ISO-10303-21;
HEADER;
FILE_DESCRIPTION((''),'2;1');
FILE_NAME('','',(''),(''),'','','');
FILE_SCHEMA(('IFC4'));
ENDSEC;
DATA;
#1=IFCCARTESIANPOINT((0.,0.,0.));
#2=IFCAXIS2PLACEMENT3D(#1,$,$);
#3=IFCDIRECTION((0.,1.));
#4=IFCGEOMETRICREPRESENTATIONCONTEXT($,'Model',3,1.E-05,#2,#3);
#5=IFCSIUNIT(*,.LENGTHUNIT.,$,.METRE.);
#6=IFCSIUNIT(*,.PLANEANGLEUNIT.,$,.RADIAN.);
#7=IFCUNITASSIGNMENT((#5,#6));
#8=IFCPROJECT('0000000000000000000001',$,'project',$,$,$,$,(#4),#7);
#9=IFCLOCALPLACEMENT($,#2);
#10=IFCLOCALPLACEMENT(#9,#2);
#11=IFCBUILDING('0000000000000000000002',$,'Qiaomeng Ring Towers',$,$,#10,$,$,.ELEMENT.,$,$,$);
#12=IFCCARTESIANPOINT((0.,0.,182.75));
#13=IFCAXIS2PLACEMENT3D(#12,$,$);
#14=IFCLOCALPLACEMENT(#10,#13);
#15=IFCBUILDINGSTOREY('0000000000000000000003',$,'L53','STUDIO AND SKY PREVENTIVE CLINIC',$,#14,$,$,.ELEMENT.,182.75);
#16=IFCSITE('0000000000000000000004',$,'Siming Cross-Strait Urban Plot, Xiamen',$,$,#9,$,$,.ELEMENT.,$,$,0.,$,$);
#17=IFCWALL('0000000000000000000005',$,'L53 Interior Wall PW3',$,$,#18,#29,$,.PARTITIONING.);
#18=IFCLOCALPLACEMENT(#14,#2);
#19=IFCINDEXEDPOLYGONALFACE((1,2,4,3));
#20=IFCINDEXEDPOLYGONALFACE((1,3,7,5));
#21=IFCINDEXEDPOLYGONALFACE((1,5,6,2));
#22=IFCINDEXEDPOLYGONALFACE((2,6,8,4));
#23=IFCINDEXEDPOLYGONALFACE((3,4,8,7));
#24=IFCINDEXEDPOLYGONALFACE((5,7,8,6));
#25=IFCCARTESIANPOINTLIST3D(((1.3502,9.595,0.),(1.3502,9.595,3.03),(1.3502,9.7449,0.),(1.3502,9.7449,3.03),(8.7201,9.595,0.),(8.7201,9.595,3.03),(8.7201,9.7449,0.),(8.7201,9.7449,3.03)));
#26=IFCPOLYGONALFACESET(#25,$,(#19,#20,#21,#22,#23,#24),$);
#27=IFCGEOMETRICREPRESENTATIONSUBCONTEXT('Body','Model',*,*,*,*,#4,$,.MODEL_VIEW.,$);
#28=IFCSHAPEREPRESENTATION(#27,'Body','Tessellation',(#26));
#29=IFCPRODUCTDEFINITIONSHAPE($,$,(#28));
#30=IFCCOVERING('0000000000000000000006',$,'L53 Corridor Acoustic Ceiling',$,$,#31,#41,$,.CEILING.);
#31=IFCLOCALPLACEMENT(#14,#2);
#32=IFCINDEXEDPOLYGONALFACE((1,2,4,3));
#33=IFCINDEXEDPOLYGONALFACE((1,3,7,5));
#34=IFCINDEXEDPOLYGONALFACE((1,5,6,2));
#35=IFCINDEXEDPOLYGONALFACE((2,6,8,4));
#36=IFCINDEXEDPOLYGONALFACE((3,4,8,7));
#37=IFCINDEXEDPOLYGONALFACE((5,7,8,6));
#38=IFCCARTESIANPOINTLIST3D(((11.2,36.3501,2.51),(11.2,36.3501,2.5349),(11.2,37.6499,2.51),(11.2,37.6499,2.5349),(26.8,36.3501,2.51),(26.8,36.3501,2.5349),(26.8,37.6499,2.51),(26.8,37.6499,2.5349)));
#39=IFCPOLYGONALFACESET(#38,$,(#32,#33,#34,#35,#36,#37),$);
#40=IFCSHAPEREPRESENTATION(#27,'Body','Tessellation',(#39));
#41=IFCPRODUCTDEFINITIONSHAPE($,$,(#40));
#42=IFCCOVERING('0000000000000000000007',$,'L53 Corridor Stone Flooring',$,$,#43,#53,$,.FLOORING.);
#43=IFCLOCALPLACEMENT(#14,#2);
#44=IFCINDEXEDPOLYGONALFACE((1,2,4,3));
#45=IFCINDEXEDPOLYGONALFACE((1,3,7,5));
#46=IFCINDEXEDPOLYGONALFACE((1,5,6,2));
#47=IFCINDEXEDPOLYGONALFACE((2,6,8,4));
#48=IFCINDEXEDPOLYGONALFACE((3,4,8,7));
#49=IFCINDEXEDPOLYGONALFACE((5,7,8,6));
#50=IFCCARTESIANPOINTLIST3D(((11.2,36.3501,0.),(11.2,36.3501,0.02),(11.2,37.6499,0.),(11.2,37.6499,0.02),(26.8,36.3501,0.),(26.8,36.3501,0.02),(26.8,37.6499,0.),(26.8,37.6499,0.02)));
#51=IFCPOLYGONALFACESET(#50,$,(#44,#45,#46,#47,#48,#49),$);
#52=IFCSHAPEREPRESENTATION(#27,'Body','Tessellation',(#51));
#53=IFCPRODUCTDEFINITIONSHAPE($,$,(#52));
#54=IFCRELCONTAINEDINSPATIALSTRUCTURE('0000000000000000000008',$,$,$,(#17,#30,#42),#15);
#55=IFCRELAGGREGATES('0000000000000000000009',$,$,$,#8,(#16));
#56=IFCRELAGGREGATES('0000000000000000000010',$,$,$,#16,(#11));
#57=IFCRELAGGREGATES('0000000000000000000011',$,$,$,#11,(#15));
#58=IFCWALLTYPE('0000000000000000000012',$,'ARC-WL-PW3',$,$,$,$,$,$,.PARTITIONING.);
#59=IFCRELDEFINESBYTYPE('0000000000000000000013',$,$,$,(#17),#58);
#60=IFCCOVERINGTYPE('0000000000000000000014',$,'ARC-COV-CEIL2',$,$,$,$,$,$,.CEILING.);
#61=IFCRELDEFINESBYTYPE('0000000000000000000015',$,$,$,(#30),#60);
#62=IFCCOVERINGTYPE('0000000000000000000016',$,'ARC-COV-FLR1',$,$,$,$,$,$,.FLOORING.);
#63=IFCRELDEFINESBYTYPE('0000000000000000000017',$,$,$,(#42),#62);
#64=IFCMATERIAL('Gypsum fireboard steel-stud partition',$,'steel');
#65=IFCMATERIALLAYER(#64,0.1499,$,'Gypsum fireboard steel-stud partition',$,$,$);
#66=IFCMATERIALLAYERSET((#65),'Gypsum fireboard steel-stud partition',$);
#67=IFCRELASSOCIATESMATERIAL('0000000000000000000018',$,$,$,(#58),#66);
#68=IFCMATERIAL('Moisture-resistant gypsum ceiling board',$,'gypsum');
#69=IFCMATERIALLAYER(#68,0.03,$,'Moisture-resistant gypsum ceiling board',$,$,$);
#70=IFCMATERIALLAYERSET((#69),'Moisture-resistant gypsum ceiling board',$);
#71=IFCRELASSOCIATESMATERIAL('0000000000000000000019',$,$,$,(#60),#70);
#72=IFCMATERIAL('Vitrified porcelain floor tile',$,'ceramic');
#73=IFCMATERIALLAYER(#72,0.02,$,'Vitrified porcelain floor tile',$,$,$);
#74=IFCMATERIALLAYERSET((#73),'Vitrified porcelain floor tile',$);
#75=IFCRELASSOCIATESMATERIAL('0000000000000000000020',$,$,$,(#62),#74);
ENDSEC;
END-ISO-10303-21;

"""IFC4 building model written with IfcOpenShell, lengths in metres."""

from ifc_helpers import new_model, si_unit, direction, frame, frame_2d, origin, place, context, subcontext, project, spatial, polyline, rectangle, outline, extrude, material, layer, layer_set, type_object, element, save


model = new_model("IFC4")

# Units and contexts
model_context = context("Model", 3, precision=1e-05, world=origin(), true_north=direction((0.0, 1.0)))
body_context = subcontext(model_context, "Body", "Model", "MODEL_VIEW")
ifc_project = project(units=[si_unit("LENGTHUNIT", "METRE"), si_unit("PLANEANGLEUNIT", "RADIAN")], contexts=[model_context])

# Site, building, storey
site_placement = place(None, origin())
site = spatial("IfcSite", under=ifc_project, at=site_placement, Name="Siming Cross-Strait Urban Plot, Xiamen", CompositionType="ELEMENT", RefElevation=0.0)
building_placement = place(site_placement, origin())
building = spatial("IfcBuilding", under=site, at=building_placement, Name="Qiaomeng Ring Towers", CompositionType="ELEMENT")
storey_placement = place(building_placement, frame((0.0, 0.0, 182.75)))
storey = spatial("IfcBuildingStorey", under=building, at=storey_placement, Name="L53", Description="STUDIO AND SKY PREVENTIVE CLINIC", CompositionType="ELEMENT", Elevation=182.75)

# Wall
ifc_material_1 = material(Name="Gypsum fireboard steel-stud partition", Category="steel")
ifc_layer_1 = layer(ifc_material_1, 0.1499, Name="Gypsum fireboard steel-stud partition")
ifc_layer_set_1 = layer_set([ifc_layer_1], Name="Gypsum fireboard steel-stud partition")
wall_type_1 = type_object("IfcWallType", Name="ARC-WL-PW3", PredefinedType="PARTITIONING", material=ifc_layer_set_1)
wall_1_placement = place(storey_placement, frame((1.3501, 9.6699, 0.0), z_axis=(0.0, 0.0, 1.0), x_axis=(1.0, 0.0, 0.0)))
element("IfcWall", 1, at=wall_1_placement, inside=storey, type_object=wall_type_1, Name="L53 Interior Wall PW3", PredefinedType="PARTITIONING", context=body_context, shape_type="SweptSolid", body=[
    extrude(rectangle(XDim=7.3699, YDim=0.1499, at=frame_2d((3.6851, 0.0))), origin(), (0.0, 0.0, 1.0), 3.03),
])

# Coverings
ifc_material_2 = material(Name="Moisture-resistant gypsum ceiling board", Category="gypsum")
ifc_layer_2 = layer(ifc_material_2, 0.03, Name="Moisture-resistant gypsum ceiling board")
ifc_layer_set_2 = layer_set([ifc_layer_2], Name="Moisture-resistant gypsum ceiling board")
covering_type_1 = type_object("IfcCoveringType", Name="ARC-COV-CEIL2", PredefinedType="CEILING", material=ifc_layer_set_2)
covering_1_placement = place(storey_placement, frame((0.0, 0.0, 2.51)))
element("IfcCovering", 2, at=covering_1_placement, inside=storey, type_object=covering_type_1, Name="L53 Corridor Acoustic Ceiling", PredefinedType="CEILING", context=body_context, shape_type="SweptSolid", body=[
    extrude(outline(polyline([(11.2, 36.3501), (11.2, 37.6499), (26.8, 37.6499), (26.8, 36.3501), (11.2, 36.3501)])), origin(), (0.0, 0.0, 1.0), 0.0249),
])
ifc_material_3 = material(Name="Vitrified porcelain floor tile", Category="ceramic")
ifc_layer_3 = layer(ifc_material_3, 0.02, Name="Vitrified porcelain floor tile")
ifc_layer_set_3 = layer_set([ifc_layer_3], Name="Vitrified porcelain floor tile")
covering_type_2 = type_object("IfcCoveringType", Name="ARC-COV-FLR1", PredefinedType="FLOORING", material=ifc_layer_set_3)
covering_2_placement = place(storey_placement, origin())
element("IfcCovering", 3, at=covering_2_placement, inside=storey, type_object=covering_type_2, Name="L53 Corridor Stone Flooring", PredefinedType="FLOORING", context=body_context, shape_type="SweptSolid", body=[
    extrude(outline(polyline([(11.2, 36.3501), (11.2, 37.6499), (26.8, 37.6499), (26.8, 36.3501), (11.2, 36.3501)])), origin(), (0.0, 0.0, 1.0), 0.02),
])

save(model, "model.ifc")
